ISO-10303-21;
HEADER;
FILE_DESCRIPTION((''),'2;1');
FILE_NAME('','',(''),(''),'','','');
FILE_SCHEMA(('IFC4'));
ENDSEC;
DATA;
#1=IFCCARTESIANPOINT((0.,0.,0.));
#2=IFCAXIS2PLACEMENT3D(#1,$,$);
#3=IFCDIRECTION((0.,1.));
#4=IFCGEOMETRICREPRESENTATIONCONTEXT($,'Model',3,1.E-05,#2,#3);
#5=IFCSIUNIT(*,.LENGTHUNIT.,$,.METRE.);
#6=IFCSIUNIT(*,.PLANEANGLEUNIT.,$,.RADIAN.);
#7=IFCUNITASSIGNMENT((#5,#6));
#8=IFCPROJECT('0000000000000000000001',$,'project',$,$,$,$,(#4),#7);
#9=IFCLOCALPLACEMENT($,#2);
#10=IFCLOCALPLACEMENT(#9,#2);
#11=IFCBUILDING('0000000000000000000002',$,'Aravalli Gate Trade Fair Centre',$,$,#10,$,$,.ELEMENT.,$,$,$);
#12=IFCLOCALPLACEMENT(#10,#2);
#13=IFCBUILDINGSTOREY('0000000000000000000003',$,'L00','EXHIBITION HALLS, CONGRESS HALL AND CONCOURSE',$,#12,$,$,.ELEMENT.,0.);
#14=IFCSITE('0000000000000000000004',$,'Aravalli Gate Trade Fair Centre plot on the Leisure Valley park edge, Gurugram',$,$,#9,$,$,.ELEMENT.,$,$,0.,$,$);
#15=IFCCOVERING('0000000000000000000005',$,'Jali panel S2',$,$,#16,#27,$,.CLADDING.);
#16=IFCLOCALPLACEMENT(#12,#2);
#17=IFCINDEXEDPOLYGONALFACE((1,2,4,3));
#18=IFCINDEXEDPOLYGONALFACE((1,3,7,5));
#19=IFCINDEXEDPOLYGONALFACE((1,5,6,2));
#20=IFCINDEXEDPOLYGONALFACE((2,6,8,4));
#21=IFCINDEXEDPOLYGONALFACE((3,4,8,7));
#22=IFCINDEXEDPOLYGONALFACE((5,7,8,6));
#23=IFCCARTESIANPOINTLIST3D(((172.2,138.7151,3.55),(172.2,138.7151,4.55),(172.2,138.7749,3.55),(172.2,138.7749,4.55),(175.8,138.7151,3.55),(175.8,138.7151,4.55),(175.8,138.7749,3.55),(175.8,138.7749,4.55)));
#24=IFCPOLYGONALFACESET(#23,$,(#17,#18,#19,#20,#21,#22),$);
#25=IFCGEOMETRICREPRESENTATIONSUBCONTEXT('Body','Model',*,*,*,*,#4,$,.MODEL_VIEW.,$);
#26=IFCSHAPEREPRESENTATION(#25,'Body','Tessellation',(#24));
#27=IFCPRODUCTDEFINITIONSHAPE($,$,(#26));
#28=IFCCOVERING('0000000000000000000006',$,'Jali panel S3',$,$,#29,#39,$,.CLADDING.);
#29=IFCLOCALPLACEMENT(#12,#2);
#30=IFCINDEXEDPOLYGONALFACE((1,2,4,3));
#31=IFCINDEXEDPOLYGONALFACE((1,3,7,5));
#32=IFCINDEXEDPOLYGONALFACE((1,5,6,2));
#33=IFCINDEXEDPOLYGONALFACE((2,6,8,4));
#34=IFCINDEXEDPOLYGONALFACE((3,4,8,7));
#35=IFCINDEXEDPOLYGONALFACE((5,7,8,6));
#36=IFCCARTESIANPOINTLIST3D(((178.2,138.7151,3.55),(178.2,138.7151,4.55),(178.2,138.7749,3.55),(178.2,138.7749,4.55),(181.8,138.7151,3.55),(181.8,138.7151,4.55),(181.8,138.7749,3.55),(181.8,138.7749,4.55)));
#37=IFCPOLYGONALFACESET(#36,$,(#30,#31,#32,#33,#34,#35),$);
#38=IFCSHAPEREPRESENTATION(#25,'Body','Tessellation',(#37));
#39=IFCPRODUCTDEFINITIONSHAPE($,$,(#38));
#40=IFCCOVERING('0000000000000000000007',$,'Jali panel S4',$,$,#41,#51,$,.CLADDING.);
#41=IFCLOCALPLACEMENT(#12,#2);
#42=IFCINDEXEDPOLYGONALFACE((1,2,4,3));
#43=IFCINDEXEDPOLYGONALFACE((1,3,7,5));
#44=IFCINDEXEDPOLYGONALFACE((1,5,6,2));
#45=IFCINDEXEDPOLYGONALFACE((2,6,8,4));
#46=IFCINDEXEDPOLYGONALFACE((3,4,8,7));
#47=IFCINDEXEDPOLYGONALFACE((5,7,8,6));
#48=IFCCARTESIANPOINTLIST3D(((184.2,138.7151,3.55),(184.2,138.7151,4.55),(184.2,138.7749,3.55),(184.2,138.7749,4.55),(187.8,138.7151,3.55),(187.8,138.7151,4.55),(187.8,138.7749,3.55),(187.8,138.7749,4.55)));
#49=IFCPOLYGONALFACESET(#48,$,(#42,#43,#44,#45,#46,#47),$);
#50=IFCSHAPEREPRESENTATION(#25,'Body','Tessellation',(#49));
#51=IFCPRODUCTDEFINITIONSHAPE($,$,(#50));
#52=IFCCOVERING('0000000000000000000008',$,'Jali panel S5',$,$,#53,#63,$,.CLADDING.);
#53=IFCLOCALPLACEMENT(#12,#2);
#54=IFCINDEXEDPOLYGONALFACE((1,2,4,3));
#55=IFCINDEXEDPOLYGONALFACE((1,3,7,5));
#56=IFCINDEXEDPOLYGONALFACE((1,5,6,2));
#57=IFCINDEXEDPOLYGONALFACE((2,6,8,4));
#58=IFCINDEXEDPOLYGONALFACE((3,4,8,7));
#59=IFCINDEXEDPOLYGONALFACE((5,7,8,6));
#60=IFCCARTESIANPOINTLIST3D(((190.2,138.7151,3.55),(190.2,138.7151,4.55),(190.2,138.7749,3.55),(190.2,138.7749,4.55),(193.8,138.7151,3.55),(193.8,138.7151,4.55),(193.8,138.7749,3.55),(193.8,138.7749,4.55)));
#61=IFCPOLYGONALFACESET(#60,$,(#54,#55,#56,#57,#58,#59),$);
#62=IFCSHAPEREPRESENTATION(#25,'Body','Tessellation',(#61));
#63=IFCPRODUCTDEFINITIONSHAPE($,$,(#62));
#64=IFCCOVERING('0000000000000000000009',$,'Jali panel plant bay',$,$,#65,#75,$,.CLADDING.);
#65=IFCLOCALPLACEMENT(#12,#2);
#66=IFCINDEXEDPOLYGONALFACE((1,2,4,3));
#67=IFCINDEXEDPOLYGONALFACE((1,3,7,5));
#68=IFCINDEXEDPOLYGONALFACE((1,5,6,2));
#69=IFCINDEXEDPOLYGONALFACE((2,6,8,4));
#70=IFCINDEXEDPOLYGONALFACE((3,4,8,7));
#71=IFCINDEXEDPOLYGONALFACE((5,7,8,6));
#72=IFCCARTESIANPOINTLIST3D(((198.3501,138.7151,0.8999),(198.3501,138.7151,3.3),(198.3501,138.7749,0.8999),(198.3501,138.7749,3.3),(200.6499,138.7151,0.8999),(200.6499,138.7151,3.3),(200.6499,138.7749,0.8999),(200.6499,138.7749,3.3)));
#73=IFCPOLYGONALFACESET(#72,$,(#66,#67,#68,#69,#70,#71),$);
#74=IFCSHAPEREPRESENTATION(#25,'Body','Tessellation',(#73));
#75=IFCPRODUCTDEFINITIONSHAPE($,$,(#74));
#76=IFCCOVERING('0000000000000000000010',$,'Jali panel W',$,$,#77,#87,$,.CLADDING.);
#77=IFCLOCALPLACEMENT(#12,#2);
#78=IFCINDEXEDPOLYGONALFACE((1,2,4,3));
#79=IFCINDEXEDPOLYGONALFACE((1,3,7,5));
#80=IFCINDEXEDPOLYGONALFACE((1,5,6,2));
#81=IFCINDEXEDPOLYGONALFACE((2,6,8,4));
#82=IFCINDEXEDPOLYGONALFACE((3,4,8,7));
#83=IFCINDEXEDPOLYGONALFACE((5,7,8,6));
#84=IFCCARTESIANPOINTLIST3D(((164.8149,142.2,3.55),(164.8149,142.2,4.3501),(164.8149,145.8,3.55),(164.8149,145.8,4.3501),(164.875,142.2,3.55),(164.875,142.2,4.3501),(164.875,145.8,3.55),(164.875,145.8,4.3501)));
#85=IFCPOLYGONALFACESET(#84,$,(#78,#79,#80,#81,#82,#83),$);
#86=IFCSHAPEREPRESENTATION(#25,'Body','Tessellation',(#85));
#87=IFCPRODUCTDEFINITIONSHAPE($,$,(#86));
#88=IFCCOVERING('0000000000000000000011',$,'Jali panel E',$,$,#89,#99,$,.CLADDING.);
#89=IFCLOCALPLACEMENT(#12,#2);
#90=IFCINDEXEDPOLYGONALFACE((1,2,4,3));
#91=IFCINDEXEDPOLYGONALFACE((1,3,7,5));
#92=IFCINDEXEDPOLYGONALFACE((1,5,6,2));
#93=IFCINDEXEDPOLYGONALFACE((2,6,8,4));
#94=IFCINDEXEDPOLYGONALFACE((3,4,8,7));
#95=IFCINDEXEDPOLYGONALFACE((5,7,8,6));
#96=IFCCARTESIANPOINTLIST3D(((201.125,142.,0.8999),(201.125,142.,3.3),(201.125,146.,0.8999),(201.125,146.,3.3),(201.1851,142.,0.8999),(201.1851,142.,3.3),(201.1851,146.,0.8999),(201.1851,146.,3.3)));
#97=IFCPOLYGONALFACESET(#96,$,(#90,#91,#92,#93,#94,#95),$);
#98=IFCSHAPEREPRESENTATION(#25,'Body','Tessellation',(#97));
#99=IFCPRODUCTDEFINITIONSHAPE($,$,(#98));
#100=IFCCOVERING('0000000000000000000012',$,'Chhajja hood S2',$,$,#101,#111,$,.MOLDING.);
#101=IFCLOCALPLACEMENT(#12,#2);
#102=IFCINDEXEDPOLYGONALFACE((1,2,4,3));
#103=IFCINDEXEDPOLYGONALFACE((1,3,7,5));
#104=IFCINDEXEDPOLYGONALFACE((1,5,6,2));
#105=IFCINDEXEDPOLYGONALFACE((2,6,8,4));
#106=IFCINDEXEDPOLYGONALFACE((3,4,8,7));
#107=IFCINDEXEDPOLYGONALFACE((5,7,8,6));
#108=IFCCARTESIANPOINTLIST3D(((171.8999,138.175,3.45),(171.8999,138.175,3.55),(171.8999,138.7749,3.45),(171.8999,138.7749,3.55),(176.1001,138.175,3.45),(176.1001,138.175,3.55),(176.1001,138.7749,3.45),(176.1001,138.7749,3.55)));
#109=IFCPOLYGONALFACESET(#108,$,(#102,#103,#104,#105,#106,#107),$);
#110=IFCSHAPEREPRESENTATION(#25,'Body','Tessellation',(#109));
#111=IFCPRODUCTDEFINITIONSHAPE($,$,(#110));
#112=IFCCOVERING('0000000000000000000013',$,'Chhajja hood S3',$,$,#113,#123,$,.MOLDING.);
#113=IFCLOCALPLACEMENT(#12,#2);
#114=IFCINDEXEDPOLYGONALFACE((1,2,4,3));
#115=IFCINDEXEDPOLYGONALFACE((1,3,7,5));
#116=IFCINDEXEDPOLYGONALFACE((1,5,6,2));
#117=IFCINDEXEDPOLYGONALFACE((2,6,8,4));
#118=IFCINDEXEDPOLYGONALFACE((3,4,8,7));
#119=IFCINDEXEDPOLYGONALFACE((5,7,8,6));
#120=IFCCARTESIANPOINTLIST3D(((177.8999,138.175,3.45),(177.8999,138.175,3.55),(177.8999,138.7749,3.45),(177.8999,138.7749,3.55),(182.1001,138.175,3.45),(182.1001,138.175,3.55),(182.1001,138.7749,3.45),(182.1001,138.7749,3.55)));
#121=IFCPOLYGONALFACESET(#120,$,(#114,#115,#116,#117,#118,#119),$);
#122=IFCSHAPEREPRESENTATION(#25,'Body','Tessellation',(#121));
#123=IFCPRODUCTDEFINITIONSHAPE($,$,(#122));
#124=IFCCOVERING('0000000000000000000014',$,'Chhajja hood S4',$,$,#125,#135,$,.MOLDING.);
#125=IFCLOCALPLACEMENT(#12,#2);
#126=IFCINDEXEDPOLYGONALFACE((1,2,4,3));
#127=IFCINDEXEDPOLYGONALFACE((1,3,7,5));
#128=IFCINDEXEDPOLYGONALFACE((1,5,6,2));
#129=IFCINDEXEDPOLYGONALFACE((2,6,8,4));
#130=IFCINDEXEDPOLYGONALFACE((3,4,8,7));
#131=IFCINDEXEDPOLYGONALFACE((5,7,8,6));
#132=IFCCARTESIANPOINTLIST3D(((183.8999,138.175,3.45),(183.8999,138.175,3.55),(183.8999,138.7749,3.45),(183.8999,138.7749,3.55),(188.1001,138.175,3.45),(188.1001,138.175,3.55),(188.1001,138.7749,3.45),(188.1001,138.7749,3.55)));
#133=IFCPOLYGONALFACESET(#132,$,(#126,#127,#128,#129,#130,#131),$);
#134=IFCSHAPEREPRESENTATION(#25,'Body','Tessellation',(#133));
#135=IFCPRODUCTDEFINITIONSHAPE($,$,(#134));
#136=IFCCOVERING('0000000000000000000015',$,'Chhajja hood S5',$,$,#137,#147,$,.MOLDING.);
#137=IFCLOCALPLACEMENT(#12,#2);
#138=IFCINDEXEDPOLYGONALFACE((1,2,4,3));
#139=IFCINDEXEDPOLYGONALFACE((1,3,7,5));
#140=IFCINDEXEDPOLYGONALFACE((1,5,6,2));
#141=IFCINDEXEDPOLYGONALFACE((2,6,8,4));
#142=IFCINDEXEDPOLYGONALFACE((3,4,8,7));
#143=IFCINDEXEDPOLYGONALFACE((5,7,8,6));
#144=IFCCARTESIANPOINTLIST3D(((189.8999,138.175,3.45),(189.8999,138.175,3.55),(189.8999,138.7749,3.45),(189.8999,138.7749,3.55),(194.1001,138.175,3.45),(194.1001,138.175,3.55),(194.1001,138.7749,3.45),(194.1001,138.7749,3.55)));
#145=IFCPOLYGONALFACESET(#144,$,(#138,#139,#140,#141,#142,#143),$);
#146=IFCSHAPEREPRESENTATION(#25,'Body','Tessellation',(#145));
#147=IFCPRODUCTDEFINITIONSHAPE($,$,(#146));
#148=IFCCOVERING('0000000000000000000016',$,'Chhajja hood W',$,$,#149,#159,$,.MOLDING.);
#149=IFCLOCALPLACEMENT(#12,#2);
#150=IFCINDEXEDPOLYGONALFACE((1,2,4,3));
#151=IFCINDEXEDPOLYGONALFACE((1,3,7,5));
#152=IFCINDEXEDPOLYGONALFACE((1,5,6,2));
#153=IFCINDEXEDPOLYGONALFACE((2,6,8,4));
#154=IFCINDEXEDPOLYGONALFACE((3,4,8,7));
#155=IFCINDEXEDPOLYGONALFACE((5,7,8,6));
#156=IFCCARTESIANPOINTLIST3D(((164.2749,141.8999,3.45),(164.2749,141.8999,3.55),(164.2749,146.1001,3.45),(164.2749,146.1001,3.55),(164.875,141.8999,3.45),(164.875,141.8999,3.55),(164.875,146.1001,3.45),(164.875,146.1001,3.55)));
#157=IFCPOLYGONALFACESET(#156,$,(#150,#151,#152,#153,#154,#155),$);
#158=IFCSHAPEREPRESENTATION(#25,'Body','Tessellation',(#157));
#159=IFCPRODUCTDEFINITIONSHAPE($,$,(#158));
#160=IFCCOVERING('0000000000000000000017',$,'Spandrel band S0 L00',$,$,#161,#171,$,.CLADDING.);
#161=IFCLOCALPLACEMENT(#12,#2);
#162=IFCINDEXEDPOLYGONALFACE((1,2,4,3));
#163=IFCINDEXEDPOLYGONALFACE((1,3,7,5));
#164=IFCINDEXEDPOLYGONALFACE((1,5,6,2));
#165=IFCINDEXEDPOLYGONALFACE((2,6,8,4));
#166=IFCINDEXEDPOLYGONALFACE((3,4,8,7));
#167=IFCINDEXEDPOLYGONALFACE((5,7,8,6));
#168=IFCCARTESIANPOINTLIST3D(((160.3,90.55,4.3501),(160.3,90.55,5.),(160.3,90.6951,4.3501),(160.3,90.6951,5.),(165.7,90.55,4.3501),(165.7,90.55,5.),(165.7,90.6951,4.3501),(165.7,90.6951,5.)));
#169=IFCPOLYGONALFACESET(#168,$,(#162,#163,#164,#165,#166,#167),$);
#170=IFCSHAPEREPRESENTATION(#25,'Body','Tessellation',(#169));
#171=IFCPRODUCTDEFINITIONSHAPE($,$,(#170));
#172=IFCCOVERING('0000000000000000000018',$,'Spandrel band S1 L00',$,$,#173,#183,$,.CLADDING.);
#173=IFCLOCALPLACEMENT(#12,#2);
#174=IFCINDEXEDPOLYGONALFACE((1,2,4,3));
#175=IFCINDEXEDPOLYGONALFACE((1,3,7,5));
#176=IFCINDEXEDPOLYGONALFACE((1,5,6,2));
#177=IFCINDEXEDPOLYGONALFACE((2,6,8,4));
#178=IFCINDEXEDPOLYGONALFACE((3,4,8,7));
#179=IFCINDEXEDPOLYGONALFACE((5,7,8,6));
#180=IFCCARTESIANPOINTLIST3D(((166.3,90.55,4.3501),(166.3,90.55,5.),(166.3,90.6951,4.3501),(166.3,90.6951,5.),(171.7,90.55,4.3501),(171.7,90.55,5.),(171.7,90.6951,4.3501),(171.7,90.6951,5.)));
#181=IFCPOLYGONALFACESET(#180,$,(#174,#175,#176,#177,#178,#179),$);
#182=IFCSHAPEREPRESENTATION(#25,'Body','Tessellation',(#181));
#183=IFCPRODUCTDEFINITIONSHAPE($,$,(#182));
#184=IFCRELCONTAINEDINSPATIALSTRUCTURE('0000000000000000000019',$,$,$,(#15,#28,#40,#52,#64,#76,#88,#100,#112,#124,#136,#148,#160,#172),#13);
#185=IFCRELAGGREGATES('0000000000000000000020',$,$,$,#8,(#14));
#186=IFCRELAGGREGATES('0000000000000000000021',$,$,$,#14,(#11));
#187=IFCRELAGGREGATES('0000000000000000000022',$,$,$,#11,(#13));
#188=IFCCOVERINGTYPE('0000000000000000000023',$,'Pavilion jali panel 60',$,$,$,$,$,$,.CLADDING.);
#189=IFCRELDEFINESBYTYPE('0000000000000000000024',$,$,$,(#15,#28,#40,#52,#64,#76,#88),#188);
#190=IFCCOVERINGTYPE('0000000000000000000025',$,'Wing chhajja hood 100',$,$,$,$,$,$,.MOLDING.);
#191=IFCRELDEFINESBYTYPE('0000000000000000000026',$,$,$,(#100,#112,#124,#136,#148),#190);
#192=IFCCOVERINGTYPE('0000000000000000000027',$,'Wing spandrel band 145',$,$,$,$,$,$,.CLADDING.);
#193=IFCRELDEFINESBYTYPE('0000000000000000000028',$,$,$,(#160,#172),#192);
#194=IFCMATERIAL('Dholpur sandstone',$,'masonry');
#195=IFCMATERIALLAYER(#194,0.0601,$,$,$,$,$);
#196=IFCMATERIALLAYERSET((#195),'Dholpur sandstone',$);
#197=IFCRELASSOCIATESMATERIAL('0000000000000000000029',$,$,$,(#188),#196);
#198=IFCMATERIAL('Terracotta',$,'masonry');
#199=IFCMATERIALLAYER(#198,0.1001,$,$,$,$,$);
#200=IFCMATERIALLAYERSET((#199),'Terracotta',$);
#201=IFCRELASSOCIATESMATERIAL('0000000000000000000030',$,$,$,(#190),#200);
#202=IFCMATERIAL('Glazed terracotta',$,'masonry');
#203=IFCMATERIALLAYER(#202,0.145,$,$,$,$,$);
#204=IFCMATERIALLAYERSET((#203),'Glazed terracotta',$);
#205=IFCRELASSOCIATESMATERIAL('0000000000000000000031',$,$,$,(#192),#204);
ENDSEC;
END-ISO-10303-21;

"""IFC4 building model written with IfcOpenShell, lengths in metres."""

from ifc_helpers import new_model, si_unit, direction, frame, origin, place, context, subcontext, project, spatial, polyline, outline, extrude, material, layer, layer_set, type_object, element, save


model = new_model("IFC4")

# Units and contexts
model_context = context("Model", 3, precision=1e-05, world=origin(), true_north=direction((0.0, 1.0)))
body_context = subcontext(model_context, "Body", "Model", "MODEL_VIEW")
ifc_project = project(units=[si_unit("LENGTHUNIT", "METRE"), si_unit("PLANEANGLEUNIT", "RADIAN")], contexts=[model_context])

# Site, building, storey
site_placement = place(None, origin())
site = spatial("IfcSite", under=ifc_project, at=site_placement, Name="Aravalli Gate Trade Fair Centre plot on the Leisure Valley park edge, Gurugram", CompositionType="ELEMENT", RefElevation=0.0)
building_placement = place(site_placement, origin())
building = spatial("IfcBuilding", under=site, at=building_placement, Name="Aravalli Gate Trade Fair Centre", CompositionType="ELEMENT")
storey_placement = place(building_placement, origin())
storey = spatial("IfcBuildingStorey", under=building, at=storey_placement, Name="L00", Description="EXHIBITION HALLS, CONGRESS HALL AND CONCOURSE", CompositionType="ELEMENT", Elevation=0.0)

# Coverings
ifc_material_1 = material(Name="Dholpur sandstone", Category="masonry")
ifc_layer_1 = layer(ifc_material_1, 0.0601)
ifc_layer_set_1 = layer_set([ifc_layer_1], Name="Dholpur sandstone")
covering_type_1 = type_object("IfcCoveringType", Name="Pavilion jali panel 60", PredefinedType="CLADDING", material=ifc_layer_set_1)
covering_1_placement = place(storey_placement, frame((0.0, 0.0, 3.55)))
element("IfcCovering", 1, at=covering_1_placement, inside=storey, type_object=covering_type_1, Name="Jali panel S2", PredefinedType="CLADDING", context=body_context, shape_type="SweptSolid", body=[
    extrude(outline(polyline([(172.2, 138.7151), (175.8, 138.7151), (175.8, 138.7749), (172.2, 138.7749), (172.2, 138.7151)])), origin(), (0.0, 0.0, 1.0), 1.0),
])
covering_2_placement = place(storey_placement, frame((0.0, 0.0, 3.55)))
element("IfcCovering", 2, at=covering_2_placement, inside=storey, type_object=covering_type_1, Name="Jali panel S3", PredefinedType="CLADDING", context=body_context, shape_type="SweptSolid", body=[
    extrude(outline(polyline([(178.2, 138.7151), (181.8, 138.7151), (181.8, 138.7749), (178.2, 138.7749), (178.2, 138.7151)])), origin(), (0.0, 0.0, 1.0), 1.0),
])
covering_3_placement = place(storey_placement, frame((0.0, 0.0, 3.55)))
element("IfcCovering", 3, at=covering_3_placement, inside=storey, type_object=covering_type_1, Name="Jali panel S4", PredefinedType="CLADDING", context=body_context, shape_type="SweptSolid", body=[
    extrude(outline(polyline([(184.2, 138.7151), (187.8, 138.7151), (187.8, 138.7749), (184.2, 138.7749), (184.2, 138.7151)])), origin(), (0.0, 0.0, 1.0), 1.0),
])
covering_4_placement = place(storey_placement, frame((0.0, 0.0, 3.55)))
element("IfcCovering", 4, at=covering_4_placement, inside=storey, type_object=covering_type_1, Name="Jali panel S5", PredefinedType="CLADDING", context=body_context, shape_type="SweptSolid", body=[
    extrude(outline(polyline([(190.2, 138.7151), (193.8, 138.7151), (193.8, 138.7749), (190.2, 138.7749), (190.2, 138.7151)])), origin(), (0.0, 0.0, 1.0), 1.0),
])
covering_5_placement = place(storey_placement, frame((0.0, 0.0, 0.8999)))
element("IfcCovering", 5, at=covering_5_placement, inside=storey, type_object=covering_type_1, Name="Jali panel plant bay", PredefinedType="CLADDING", context=body_context, shape_type="SweptSolid", body=[
    extrude(outline(polyline([(198.3501, 138.7151), (200.6499, 138.7151), (200.6499, 138.7749), (198.3501, 138.7749), (198.3501, 138.7151)])), origin(), (0.0, 0.0, 1.0), 2.4001),
])
covering_6_placement = place(storey_placement, frame((0.0, 0.0, 3.55)))
element("IfcCovering", 6, at=covering_6_placement, inside=storey, type_object=covering_type_1, Name="Jali panel W", PredefinedType="CLADDING", context=body_context, shape_type="SweptSolid", body=[
    extrude(outline(polyline([(164.8149, 142.2), (164.875, 142.2), (164.875, 145.8), (164.8149, 145.8), (164.8149, 142.2)])), origin(), (0.0, 0.0, 1.0), 0.8),
])
covering_7_placement = place(storey_placement, frame((0.0, 0.0, 0.8999)))
element("IfcCovering", 7, at=covering_7_placement, inside=storey, type_object=covering_type_1, Name="Jali panel E", PredefinedType="CLADDING", context=body_context, shape_type="SweptSolid", body=[
    extrude(outline(polyline([(201.125, 142.0), (201.1851, 142.0), (201.1851, 146.0), (201.125, 146.0), (201.125, 142.0)])), origin(), (0.0, 0.0, 1.0), 2.4001),
])
ifc_material_2 = material(Name="Terracotta", Category="masonry")
ifc_layer_2 = layer(ifc_material_2, 0.1001)
ifc_layer_set_2 = layer_set([ifc_layer_2], Name="Terracotta")
covering_type_2 = type_object("IfcCoveringType", Name="Wing chhajja hood 100", PredefinedType="MOLDING", material=ifc_layer_set_2)
covering_8_placement = place(storey_placement, frame((0.0, 0.0, 3.45)))
element("IfcCovering", 8, at=covering_8_placement, inside=storey, type_object=covering_type_2, Name="Chhajja hood S2", PredefinedType="MOLDING", context=body_context, shape_type="SweptSolid", body=[
    extrude(outline(polyline([(171.8999, 138.175), (176.1001, 138.175), (176.1001, 138.7749), (171.8999, 138.7749), (171.8999, 138.175)])), origin(), (0.0, 0.0, 1.0), 0.1001),
])
covering_9_placement = place(storey_placement, frame((0.0, 0.0, 3.45)))
element("IfcCovering", 9, at=covering_9_placement, inside=storey, type_object=covering_type_2, Name="Chhajja hood S3", PredefinedType="MOLDING", context=body_context, shape_type="SweptSolid", body=[
    extrude(outline(polyline([(177.8999, 138.175), (182.1001, 138.175), (182.1001, 138.7749), (177.8999, 138.7749), (177.8999, 138.175)])), origin(), (0.0, 0.0, 1.0), 0.1001),
])
covering_10_placement = place(storey_placement, frame((0.0, 0.0, 3.45)))
element("IfcCovering", 10, at=covering_10_placement, inside=storey, type_object=covering_type_2, Name="Chhajja hood S4", PredefinedType="MOLDING", context=body_context, shape_type="SweptSolid", body=[
    extrude(outline(polyline([(183.8999, 138.175), (188.1001, 138.175), (188.1001, 138.7749), (183.8999, 138.7749), (183.8999, 138.175)])), origin(), (0.0, 0.0, 1.0), 0.1001),
])
covering_11_placement = place(storey_placement, frame((0.0, 0.0, 3.45)))
element("IfcCovering", 11, at=covering_11_placement, inside=storey, type_object=covering_type_2, Name="Chhajja hood S5", PredefinedType="MOLDING", context=body_context, shape_type="SweptSolid", body=[
    extrude(outline(polyline([(189.8999, 138.175), (194.1001, 138.175), (194.1001, 138.7749), (189.8999, 138.7749), (189.8999, 138.175)])), origin(), (0.0, 0.0, 1.0), 0.1001),
])
covering_12_placement = place(storey_placement, frame((0.0, 0.0, 3.45)))
element("IfcCovering", 12, at=covering_12_placement, inside=storey, type_object=covering_type_2, Name="Chhajja hood W", PredefinedType="MOLDING", context=body_context, shape_type="SweptSolid", body=[
    extrude(outline(polyline([(164.2749, 141.8999), (164.875, 141.8999), (164.875, 146.1001), (164.2749, 146.1001), (164.2749, 141.8999)])), origin(), (0.0, 0.0, 1.0), 0.1001),
])
ifc_material_3 = material(Name="Glazed terracotta", Category="masonry")
ifc_layer_3 = layer(ifc_material_3, 0.145)
ifc_layer_set_3 = layer_set([ifc_layer_3], Name="Glazed terracotta")
covering_type_3 = type_object("IfcCoveringType", Name="Wing spandrel band 145", PredefinedType="CLADDING", material=ifc_layer_set_3)
covering_13_placement = place(storey_placement, frame((0.0, 0.0, 4.3501)))
element("IfcCovering", 13, at=covering_13_placement, inside=storey, type_object=covering_type_3, Name="Spandrel band S0 L00", PredefinedType="CLADDING", context=body_context, shape_type="SweptSolid", body=[
    extrude(outline(polyline([(160.3, 90.55), (165.7, 90.55), (165.7, 90.6951), (160.3, 90.6951), (160.3, 90.55)])), origin(), (0.0, 0.0, 1.0), 0.6499),
])
covering_14_placement = place(storey_placement, frame((0.0, 0.0, 4.3501)))
element("IfcCovering", 14, at=covering_14_placement, inside=storey, type_object=covering_type_3, Name="Spandrel band S1 L00", PredefinedType="CLADDING", context=body_context, shape_type="SweptSolid", body=[
    extrude(outline(polyline([(166.3, 90.55), (171.7, 90.55), (171.7, 90.6951), (166.3, 90.6951), (166.3, 90.55)])), origin(), (0.0, 0.0, 1.0), 0.6499),
])

save(model, "model.ifc")
